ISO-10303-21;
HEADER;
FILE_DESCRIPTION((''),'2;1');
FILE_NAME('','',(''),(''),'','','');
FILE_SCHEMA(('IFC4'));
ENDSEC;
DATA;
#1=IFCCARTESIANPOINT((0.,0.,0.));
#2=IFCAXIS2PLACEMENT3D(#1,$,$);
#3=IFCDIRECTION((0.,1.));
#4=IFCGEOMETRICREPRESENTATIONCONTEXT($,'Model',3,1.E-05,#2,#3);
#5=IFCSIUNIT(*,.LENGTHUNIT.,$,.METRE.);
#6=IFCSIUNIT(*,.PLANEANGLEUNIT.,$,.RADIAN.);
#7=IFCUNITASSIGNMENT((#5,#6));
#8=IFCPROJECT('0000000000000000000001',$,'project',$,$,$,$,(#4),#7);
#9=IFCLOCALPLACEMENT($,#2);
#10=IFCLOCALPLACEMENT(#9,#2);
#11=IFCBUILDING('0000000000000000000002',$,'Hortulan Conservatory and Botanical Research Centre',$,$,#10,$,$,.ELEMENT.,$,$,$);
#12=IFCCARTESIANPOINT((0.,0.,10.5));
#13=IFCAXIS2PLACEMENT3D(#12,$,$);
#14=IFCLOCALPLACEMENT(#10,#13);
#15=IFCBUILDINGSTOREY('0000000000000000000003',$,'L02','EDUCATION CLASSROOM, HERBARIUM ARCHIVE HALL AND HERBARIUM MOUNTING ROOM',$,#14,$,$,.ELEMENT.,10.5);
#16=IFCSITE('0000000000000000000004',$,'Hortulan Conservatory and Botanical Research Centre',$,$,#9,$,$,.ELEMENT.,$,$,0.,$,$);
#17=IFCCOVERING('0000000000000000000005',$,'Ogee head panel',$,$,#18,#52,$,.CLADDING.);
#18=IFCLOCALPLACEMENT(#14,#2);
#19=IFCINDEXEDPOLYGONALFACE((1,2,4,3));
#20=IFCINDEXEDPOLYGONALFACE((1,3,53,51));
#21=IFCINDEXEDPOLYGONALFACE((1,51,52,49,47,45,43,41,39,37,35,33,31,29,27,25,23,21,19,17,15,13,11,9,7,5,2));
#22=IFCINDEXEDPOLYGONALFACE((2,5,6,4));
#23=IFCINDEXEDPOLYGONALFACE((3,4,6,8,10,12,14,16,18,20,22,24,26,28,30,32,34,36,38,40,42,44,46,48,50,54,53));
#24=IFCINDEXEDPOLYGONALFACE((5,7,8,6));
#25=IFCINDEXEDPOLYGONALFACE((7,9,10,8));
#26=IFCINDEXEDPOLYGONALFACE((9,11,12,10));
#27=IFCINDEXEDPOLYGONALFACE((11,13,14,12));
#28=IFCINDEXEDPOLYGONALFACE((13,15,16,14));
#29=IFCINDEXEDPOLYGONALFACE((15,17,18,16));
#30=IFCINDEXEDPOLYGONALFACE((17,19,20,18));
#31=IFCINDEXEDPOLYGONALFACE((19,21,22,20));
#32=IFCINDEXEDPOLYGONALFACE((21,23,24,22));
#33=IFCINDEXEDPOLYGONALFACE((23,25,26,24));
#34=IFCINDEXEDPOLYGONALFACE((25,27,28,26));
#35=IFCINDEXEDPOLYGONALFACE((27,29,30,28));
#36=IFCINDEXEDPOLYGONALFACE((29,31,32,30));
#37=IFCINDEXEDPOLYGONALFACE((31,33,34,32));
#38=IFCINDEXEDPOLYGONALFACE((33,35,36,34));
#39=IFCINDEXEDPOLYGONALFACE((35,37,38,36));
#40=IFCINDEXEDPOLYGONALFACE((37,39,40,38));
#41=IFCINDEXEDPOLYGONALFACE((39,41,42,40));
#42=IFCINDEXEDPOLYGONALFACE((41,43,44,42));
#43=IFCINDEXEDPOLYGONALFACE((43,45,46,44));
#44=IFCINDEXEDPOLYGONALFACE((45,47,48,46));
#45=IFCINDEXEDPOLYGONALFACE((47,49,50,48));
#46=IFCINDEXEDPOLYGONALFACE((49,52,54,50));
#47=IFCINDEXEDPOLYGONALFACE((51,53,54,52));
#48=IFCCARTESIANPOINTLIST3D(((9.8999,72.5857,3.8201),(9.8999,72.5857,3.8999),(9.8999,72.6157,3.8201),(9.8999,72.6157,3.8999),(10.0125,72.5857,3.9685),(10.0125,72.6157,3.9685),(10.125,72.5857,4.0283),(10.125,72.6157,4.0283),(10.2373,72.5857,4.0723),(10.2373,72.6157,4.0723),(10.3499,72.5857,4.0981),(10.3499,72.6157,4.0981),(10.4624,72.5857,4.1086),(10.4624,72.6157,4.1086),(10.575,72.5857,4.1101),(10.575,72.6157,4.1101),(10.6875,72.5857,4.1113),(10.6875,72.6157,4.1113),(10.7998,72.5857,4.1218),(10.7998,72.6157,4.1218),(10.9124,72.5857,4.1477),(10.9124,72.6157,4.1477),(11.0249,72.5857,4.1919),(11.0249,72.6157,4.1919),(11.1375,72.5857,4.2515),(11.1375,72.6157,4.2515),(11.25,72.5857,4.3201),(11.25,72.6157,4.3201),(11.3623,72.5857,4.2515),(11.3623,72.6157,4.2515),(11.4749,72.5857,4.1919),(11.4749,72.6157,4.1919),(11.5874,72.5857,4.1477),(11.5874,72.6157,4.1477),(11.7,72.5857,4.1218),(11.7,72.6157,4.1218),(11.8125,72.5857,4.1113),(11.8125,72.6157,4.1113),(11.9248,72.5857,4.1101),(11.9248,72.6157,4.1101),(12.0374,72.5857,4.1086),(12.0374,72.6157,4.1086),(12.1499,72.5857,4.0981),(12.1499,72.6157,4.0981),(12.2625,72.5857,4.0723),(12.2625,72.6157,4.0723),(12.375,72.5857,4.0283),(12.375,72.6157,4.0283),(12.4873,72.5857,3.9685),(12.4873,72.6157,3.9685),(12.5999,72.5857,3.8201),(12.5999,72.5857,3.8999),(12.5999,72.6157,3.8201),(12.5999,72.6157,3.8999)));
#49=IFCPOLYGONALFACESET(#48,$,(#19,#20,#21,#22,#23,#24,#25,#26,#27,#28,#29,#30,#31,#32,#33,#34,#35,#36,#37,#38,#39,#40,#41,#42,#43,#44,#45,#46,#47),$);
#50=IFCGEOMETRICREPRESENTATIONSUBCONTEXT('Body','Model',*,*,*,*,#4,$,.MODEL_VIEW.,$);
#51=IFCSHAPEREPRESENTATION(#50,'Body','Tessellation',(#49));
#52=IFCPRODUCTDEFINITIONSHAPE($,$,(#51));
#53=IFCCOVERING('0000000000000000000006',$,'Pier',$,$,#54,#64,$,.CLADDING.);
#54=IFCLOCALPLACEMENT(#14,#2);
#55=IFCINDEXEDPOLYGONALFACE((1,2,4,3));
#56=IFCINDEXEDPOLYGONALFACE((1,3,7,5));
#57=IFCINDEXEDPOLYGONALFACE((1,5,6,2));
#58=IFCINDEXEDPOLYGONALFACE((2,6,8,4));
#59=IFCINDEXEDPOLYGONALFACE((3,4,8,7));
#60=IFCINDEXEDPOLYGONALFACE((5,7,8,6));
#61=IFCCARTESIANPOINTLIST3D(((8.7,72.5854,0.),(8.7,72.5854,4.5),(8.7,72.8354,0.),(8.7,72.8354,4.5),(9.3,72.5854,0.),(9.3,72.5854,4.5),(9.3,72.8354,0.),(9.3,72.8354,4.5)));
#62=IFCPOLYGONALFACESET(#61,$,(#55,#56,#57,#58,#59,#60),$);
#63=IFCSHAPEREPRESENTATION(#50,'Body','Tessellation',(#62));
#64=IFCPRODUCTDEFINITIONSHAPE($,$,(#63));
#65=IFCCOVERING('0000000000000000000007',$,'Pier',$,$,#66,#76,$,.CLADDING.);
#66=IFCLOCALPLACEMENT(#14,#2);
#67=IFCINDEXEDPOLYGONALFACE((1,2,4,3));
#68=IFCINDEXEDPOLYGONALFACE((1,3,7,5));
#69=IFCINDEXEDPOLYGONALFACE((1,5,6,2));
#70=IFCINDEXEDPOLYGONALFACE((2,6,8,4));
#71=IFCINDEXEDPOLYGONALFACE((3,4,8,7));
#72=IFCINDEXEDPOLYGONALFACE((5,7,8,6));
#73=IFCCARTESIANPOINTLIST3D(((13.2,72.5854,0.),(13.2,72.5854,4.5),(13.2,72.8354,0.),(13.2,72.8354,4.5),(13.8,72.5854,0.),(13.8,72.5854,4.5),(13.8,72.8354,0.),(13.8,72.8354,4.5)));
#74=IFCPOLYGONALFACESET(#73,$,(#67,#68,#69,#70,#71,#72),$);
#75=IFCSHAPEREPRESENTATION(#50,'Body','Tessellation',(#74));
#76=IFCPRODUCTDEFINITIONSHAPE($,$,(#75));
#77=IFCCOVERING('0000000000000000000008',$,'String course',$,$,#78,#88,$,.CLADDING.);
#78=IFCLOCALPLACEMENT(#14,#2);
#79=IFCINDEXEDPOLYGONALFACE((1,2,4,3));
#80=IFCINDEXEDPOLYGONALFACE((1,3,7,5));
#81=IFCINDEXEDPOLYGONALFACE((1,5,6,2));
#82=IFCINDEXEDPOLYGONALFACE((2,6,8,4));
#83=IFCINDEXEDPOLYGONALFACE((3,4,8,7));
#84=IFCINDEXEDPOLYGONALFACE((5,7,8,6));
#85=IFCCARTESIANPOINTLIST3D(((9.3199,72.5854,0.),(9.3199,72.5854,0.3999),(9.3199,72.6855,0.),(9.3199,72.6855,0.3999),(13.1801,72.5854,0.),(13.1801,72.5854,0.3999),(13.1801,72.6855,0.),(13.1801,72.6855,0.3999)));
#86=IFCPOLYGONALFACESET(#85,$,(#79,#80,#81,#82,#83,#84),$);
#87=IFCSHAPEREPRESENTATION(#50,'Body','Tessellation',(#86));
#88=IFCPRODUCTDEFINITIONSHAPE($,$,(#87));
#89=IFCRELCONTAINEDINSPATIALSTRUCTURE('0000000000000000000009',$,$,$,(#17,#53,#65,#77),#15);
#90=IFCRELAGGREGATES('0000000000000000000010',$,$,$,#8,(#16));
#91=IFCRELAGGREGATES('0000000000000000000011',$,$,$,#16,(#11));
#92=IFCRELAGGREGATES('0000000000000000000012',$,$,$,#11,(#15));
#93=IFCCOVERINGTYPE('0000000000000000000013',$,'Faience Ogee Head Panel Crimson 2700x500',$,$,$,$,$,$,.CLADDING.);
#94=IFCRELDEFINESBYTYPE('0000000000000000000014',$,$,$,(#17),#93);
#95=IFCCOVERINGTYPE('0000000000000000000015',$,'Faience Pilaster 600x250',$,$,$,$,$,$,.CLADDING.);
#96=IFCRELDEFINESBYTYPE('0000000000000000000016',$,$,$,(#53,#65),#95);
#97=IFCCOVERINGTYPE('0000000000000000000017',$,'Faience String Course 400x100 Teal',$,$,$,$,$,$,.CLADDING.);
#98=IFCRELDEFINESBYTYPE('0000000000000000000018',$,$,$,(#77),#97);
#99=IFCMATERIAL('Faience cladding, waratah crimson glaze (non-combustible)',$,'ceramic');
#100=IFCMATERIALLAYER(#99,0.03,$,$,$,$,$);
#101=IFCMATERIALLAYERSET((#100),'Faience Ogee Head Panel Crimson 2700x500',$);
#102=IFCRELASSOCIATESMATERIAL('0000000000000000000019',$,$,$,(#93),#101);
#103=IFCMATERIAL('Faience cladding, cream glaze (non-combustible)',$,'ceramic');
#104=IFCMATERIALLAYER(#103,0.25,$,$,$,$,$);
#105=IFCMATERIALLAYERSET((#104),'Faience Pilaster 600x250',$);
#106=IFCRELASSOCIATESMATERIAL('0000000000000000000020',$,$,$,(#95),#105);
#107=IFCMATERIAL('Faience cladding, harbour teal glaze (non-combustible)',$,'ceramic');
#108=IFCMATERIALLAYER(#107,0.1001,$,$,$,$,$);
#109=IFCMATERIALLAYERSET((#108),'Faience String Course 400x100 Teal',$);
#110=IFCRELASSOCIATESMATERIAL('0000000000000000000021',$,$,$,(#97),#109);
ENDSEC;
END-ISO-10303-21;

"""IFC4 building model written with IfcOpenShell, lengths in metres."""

from ifc_helpers import new_model, si_unit, direction, frame, origin, origin_2d, place, context, subcontext, project, spatial, polyline, rectangle, outline, extrude, material, layer, layer_set, type_object, element, save


model = new_model("IFC4")

# Units and contexts
model_context = context("Model", 3, precision=1e-05, world=origin(), true_north=direction((0.0, 1.0)))
body_context = subcontext(model_context, "Body", "Model", "MODEL_VIEW")
ifc_project = project(units=[si_unit("LENGTHUNIT", "METRE"), si_unit("PLANEANGLEUNIT", "RADIAN")], contexts=[model_context])

# Site, building, storey
site_placement = place(None, origin())
site = spatial("IfcSite", under=ifc_project, at=site_placement, Name="Hortulan Conservatory and Botanical Research Centre", CompositionType="ELEMENT", RefElevation=0.0)
building_placement = place(site_placement, origin())
building = spatial("IfcBuilding", under=site, at=building_placement, Name="Hortulan Conservatory and Botanical Research Centre", CompositionType="ELEMENT")
storey_placement = place(building_placement, frame((0.0, 0.0, 10.5)))
storey = spatial("IfcBuildingStorey", under=building, at=storey_placement, Name="L02", Description="EDUCATION CLASSROOM, HERBARIUM ARCHIVE HALL AND HERBARIUM MOUNTING ROOM", CompositionType="ELEMENT", Elevation=10.5)

# Coverings
ifc_material_1 = material(Name="Faience cladding, waratah crimson glaze (non-combustible)", Category="ceramic")
ifc_layer_1 = layer(ifc_material_1, 0.03)
ifc_layer_set_1 = layer_set([ifc_layer_1], Name="Faience Ogee Head Panel Crimson 2700x500")
covering_type_1 = type_object("IfcCoveringType", Name="Faience Ogee Head Panel Crimson 2700x500", PredefinedType="CLADDING", material=ifc_layer_set_1)
covering_1_placement = place(storey_placement, frame((9.8999, 72.6006, 3.8201), z_axis=(0.0, 0.0, 1.0), x_axis=(1.0, 0.0, 0.0)))
element("IfcCovering", 1, at=covering_1_placement, inside=storey, type_object=covering_type_1, Name="Ogee head panel", PredefinedType="CLADDING", context=body_context, shape_type="SweptSolid", body=[
    extrude(outline(polyline([(0.0, 0.0), (2.7, 0.0), (2.7, 0.0798), (2.5874, 0.1484), (2.4751, 0.2083), (2.3625, 0.2522), (2.25, 0.2781), (2.1375, 0.2886), (2.0249, 0.29), (1.9126, 0.2913), (1.8, 0.3018), (1.6875, 0.3276), (1.575, 0.3718), (1.4624, 0.4314), (1.3501, 0.5), (1.2375, 0.4314), (1.125, 0.3718), (1.0125, 0.3276), (0.8999, 0.3018), (0.7876, 0.2913), (0.675, 0.29), (0.5625, 0.2886), (0.45, 0.2781), (0.3374, 0.2522), (0.2251, 0.2083), (0.1125, 0.1484), (0.0, 0.0798), (0.0, 0.0)])), frame((0.0, 0.0151, 0.0), z_axis=(0.0, -1.0, 0.0), x_axis=(1.0, 0.0, 0.0)), (0.0, 0.0, 1.0), 0.03),
])
ifc_material_2 = material(Name="Faience cladding, cream glaze (non-combustible)", Category="ceramic")
ifc_layer_2 = layer(ifc_material_2, 0.25)
ifc_layer_set_2 = layer_set([ifc_layer_2], Name="Faience Pilaster 600x250")
covering_type_2 = type_object("IfcCoveringType", Name="Faience Pilaster 600x250", PredefinedType="CLADDING", material=ifc_layer_set_2)
for number, where, z_axis, x_axis, name in (
    (2, (9.0, 72.7104, 0.0), (0.0, 0.0, 1.0), (1.0, 0.0, 0.0), "Pier"),
    (3, (13.5, 72.7104, 0.0), (0.0, 0.0, 1.0), (1.0, 0.0, 0.0), "Pier"),
):
    element("IfcCovering", number, at=place(storey_placement, frame(where, z_axis=z_axis, x_axis=x_axis)), inside=storey, type_object=covering_type_2, Name=name, PredefinedType="CLADDING", context=body_context, shape_type="SweptSolid", body=[
        extrude(rectangle(XDim=0.6001, YDim=0.25, at=origin_2d()), origin(), (0.0, 0.0, 1.0), 4.5),
    ])
ifc_material_3 = material(Name="Faience cladding, harbour teal glaze (non-combustible)", Category="ceramic")
ifc_layer_3 = layer(ifc_material_3, 0.1001)
ifc_layer_set_3 = layer_set([ifc_layer_3], Name="Faience String Course 400x100 Teal")
covering_type_3 = type_object("IfcCoveringType", Name="Faience String Course 400x100 Teal", PredefinedType="CLADDING", material=ifc_layer_set_3)
covering_2_placement = place(storey_placement, frame((11.25, 72.6355, 0.0), z_axis=(0.0, 0.0, 1.0), x_axis=(1.0, 0.0, 0.0)))
element("IfcCovering", 4, at=covering_2_placement, inside=storey, type_object=covering_type_3, Name="String course", PredefinedType="CLADDING", context=body_context, shape_type="SweptSolid", body=[
    extrude(rectangle(XDim=3.8601, YDim=0.1001, at=origin_2d()), origin(), (0.0, 0.0, 1.0), 0.3999),
])

save(model, "model.ifc")
